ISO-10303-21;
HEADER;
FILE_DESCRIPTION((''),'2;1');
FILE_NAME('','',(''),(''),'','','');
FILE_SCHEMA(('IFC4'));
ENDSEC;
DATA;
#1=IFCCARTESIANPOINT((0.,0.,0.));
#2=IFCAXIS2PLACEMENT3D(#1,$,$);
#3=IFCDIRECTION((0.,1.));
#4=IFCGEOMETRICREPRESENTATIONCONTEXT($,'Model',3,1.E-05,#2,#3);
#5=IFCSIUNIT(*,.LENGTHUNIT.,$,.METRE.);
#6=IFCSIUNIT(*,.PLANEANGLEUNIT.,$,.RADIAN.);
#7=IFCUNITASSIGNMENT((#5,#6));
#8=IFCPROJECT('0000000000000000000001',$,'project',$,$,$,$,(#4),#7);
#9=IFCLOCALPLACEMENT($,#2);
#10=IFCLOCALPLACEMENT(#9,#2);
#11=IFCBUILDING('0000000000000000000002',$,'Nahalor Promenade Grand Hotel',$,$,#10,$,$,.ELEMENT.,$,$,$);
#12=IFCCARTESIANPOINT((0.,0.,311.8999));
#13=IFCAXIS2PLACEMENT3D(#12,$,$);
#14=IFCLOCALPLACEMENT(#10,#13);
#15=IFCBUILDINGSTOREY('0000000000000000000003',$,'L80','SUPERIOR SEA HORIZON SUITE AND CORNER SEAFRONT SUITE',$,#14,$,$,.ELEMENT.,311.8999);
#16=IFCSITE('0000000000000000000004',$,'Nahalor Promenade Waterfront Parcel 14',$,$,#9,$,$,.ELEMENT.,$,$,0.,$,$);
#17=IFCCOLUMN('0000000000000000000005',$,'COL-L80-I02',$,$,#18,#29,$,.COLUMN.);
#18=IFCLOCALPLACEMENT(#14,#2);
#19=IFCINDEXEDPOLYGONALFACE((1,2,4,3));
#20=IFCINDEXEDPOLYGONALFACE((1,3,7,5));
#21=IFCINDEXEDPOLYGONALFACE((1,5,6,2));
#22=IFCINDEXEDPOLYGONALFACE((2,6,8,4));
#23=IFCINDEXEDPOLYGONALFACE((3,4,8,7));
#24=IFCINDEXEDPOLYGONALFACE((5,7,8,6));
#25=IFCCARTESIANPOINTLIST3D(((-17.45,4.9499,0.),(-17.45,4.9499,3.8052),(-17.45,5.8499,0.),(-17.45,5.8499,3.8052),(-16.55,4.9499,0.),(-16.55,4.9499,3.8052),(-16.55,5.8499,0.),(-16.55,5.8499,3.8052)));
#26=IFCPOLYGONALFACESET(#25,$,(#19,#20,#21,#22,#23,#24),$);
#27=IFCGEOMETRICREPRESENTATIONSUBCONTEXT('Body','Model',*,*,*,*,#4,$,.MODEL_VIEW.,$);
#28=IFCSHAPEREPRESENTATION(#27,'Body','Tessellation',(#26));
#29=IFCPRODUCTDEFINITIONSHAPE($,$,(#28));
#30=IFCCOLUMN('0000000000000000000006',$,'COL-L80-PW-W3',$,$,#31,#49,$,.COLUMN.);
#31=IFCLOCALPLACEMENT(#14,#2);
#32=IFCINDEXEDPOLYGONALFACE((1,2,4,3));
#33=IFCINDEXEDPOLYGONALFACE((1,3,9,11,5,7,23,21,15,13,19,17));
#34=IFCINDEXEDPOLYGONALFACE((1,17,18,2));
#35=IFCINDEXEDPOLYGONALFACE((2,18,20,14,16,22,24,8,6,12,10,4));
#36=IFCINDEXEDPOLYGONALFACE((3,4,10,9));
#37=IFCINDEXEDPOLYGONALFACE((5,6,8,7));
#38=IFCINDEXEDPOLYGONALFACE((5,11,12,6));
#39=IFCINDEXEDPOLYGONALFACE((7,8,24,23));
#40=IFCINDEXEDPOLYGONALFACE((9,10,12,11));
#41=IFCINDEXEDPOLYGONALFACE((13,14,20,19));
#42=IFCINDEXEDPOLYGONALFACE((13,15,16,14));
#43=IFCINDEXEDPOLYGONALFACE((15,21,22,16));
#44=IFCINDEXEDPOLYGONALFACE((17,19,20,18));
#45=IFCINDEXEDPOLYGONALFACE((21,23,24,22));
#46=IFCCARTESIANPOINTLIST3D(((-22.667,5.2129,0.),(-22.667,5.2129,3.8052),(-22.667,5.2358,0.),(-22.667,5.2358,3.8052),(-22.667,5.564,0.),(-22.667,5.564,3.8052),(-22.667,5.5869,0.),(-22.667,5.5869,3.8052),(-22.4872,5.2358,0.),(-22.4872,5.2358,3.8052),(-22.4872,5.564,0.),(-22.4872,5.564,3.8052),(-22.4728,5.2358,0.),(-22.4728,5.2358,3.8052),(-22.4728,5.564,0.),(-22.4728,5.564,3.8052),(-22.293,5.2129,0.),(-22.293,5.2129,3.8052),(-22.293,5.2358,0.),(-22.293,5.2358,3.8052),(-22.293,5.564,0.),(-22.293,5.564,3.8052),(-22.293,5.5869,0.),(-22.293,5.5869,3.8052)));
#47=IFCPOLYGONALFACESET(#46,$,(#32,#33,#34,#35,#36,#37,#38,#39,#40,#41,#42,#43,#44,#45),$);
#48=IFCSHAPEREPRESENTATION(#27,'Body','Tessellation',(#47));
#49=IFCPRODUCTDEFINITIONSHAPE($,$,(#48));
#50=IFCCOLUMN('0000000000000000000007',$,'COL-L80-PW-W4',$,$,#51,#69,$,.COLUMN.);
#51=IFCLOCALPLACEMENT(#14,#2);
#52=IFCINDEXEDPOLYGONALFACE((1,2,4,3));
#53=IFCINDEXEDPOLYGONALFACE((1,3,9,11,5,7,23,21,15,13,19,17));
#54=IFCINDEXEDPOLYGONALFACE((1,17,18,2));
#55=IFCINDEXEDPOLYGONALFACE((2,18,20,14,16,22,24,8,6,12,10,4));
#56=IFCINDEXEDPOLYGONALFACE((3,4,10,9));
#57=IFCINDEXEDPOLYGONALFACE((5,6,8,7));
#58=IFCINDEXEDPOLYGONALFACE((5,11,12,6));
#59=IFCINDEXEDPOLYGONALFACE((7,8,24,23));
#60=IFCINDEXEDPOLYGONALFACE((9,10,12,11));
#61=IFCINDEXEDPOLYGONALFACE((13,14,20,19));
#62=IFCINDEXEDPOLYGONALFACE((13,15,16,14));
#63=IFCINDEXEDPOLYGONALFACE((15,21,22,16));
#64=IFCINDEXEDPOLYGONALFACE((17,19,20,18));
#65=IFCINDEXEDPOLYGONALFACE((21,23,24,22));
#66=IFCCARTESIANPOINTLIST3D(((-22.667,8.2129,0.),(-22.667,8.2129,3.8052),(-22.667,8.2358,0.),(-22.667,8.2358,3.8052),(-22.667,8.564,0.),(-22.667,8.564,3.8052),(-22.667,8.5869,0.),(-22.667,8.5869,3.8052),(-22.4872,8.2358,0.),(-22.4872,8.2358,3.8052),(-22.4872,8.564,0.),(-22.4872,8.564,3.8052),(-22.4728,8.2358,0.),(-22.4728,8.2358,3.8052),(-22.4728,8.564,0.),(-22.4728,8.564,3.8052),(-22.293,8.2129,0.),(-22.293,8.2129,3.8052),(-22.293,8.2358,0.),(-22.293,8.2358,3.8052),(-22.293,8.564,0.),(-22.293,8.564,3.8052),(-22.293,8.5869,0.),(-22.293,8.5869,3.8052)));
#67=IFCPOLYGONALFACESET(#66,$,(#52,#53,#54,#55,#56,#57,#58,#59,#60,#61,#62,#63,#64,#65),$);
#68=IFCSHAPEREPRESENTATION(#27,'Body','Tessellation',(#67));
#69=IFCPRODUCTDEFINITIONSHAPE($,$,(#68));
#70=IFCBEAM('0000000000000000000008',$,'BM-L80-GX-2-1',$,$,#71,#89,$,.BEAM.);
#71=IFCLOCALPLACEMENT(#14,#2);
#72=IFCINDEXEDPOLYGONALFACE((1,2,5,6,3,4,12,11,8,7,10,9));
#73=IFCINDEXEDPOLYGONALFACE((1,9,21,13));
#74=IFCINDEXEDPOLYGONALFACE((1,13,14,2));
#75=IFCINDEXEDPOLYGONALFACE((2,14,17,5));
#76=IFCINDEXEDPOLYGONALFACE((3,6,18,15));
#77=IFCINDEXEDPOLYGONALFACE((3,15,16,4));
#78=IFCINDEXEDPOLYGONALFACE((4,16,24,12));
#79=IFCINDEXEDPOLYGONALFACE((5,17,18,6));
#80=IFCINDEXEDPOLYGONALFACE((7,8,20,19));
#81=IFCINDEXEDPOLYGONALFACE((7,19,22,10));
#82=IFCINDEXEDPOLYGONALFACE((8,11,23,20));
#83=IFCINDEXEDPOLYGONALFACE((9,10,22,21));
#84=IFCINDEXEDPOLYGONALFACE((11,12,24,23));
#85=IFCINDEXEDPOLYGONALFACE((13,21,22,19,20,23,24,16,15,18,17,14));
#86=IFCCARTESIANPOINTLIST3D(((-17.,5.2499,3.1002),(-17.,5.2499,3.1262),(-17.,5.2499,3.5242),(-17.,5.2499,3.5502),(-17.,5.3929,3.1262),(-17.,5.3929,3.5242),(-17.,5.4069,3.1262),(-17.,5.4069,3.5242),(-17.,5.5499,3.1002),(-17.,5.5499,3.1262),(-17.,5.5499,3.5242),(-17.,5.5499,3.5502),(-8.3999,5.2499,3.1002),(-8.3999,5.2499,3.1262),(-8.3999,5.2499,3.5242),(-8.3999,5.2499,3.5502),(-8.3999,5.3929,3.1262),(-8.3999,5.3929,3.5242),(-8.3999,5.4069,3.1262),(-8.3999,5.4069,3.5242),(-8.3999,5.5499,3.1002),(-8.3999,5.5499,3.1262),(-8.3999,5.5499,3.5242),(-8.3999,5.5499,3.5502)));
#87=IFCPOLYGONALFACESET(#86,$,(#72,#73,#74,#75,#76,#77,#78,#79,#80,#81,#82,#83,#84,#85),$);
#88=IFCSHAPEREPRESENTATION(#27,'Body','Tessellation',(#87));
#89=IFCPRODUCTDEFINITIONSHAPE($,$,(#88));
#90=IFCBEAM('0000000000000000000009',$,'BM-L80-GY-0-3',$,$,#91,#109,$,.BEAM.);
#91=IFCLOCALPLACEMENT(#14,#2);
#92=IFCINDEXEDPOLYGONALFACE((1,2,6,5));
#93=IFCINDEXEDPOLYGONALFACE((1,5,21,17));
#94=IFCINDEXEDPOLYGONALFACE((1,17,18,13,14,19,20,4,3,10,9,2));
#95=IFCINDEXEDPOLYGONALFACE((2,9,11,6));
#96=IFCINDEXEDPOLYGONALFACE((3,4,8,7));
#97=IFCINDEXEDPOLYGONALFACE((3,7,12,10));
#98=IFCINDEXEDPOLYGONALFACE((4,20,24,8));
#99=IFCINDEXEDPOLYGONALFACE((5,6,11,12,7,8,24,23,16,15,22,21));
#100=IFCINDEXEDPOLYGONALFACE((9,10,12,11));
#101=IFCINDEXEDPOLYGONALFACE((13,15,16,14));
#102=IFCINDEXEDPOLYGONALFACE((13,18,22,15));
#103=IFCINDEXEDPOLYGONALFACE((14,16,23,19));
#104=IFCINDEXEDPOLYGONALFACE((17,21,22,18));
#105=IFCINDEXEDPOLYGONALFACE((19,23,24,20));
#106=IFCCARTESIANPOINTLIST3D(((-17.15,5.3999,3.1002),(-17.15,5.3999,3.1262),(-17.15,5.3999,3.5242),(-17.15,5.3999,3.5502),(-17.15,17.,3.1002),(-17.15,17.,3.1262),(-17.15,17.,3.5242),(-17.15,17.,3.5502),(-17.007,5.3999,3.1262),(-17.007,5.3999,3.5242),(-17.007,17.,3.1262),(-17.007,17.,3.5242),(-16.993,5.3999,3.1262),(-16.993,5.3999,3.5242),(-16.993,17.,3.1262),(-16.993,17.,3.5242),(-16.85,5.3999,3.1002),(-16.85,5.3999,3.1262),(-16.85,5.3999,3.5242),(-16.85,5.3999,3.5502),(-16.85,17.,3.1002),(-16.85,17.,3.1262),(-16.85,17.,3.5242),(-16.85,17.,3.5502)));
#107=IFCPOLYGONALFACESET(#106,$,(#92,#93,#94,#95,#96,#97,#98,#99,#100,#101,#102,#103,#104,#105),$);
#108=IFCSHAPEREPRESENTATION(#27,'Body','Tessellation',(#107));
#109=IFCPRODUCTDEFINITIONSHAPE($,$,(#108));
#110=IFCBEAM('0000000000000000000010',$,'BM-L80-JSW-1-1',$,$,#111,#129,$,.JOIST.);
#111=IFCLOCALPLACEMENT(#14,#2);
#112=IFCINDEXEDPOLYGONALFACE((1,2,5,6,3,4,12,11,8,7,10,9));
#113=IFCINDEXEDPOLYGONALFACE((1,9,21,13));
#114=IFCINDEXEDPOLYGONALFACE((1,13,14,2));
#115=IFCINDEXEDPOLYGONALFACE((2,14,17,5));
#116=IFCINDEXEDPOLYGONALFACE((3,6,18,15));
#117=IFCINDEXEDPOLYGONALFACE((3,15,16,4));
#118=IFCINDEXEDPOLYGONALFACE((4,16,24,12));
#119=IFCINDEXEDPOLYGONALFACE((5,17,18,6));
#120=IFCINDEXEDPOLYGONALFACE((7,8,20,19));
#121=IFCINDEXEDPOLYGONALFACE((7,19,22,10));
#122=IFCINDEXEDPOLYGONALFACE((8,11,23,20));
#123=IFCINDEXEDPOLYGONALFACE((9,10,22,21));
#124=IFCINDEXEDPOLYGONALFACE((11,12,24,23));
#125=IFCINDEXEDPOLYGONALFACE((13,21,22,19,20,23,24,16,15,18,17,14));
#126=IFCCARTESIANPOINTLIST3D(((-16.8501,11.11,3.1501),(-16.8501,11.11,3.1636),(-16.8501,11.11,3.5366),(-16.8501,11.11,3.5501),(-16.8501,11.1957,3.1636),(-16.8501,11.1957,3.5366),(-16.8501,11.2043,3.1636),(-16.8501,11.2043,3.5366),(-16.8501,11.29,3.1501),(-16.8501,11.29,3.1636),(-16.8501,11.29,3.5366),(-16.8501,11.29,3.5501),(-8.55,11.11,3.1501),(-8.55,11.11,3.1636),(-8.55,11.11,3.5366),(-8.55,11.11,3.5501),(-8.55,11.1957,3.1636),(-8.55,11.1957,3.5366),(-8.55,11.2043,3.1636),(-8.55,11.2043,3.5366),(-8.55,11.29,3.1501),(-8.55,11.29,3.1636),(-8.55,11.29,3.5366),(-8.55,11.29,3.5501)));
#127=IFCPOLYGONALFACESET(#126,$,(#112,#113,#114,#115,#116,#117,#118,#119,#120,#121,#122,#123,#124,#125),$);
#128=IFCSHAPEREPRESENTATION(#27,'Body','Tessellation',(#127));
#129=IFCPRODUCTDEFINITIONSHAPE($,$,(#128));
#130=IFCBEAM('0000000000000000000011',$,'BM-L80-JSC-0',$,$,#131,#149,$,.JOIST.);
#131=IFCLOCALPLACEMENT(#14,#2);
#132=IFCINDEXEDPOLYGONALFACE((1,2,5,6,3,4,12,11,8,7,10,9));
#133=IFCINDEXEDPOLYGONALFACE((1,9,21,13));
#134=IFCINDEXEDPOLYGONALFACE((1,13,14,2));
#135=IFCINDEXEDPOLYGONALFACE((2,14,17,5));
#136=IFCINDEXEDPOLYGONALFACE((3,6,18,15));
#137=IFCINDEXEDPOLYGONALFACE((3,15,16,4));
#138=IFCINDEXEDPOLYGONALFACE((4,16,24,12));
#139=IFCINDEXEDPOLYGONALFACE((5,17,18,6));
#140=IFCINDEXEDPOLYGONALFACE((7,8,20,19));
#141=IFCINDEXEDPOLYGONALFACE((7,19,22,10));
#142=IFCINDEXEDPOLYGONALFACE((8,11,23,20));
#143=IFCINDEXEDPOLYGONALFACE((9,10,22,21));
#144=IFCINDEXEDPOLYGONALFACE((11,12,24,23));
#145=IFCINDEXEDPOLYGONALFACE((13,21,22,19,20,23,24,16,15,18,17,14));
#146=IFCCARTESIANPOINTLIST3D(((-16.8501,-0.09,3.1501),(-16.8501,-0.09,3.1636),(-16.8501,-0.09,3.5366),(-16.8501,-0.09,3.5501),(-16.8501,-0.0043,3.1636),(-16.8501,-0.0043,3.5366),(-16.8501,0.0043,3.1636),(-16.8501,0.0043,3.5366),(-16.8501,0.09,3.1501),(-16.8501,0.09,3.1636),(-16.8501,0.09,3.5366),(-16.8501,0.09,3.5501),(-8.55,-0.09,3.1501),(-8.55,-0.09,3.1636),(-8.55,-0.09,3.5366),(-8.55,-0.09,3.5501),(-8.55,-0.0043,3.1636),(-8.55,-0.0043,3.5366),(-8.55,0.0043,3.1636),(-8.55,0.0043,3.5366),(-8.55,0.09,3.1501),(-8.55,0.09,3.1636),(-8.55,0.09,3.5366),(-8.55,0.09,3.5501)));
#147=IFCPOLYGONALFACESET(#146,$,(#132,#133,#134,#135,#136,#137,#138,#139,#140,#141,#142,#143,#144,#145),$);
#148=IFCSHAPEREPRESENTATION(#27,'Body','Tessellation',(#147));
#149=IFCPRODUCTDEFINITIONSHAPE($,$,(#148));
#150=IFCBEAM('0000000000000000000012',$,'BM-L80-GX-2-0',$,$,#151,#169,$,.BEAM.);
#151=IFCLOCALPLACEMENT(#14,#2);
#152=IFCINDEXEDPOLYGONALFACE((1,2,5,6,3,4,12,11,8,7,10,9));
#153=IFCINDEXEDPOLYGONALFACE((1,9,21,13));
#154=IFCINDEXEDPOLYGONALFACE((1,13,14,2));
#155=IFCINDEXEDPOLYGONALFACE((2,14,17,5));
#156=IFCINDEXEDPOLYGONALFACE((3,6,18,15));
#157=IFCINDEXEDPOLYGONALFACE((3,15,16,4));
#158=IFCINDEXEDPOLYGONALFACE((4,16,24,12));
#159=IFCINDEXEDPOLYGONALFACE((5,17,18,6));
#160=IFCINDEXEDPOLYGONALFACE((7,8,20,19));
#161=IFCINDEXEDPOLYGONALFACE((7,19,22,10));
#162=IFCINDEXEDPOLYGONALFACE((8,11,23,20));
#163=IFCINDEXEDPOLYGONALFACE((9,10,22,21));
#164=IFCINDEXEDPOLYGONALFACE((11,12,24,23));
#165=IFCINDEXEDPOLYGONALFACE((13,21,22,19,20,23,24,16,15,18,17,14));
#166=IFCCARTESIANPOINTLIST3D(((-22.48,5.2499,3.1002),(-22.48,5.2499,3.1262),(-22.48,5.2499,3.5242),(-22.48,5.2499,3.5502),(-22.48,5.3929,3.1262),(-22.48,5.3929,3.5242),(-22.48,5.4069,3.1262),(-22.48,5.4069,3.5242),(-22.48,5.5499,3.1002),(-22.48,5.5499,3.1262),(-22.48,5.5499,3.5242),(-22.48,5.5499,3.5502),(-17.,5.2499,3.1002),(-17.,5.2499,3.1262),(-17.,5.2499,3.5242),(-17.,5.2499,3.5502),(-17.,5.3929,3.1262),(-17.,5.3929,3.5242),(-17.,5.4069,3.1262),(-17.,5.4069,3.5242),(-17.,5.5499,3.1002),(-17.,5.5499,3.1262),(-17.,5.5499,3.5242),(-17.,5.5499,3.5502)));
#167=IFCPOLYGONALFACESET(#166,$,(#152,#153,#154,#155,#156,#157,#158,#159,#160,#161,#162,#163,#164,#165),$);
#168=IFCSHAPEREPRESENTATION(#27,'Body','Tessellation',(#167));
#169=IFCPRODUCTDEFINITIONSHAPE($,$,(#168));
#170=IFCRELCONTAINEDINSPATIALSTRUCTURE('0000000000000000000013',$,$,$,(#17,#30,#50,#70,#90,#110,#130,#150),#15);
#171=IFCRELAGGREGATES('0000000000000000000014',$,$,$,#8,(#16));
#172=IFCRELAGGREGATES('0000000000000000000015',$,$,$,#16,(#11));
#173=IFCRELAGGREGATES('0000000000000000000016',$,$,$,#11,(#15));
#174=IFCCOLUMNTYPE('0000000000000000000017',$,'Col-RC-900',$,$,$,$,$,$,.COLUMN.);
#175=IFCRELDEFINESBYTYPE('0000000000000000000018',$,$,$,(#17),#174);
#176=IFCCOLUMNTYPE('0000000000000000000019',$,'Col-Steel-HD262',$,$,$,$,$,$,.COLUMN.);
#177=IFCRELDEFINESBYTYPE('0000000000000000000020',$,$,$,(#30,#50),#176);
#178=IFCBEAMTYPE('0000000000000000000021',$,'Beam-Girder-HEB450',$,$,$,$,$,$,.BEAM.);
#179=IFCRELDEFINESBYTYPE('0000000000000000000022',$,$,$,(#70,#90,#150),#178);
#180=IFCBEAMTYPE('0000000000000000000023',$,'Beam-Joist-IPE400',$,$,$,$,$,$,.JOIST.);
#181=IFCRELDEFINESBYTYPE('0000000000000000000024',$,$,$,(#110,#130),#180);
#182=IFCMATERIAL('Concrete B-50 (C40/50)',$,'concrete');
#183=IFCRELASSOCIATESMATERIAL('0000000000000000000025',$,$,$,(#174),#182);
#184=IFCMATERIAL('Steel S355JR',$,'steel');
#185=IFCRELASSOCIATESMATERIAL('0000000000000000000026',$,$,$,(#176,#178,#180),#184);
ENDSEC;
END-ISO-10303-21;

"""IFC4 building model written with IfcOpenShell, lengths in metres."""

from ifc_helpers import new_model, si_unit, direction, frame, origin, origin_2d, place, context, subcontext, project, spatial, rectangle, i_section, extrude, source, transform, mapped, material, material_profile, profile_set, type_object, element, save


model = new_model("IFC4")

# Units and contexts
model_context = context("Model", 3, precision=1e-05, world=origin(), true_north=direction((0.0, 1.0)))
body_context = subcontext(model_context, "Body", "Model", "MODEL_VIEW")
ifc_project = project(units=[si_unit("LENGTHUNIT", "METRE"), si_unit("PLANEANGLEUNIT", "RADIAN")], contexts=[model_context])

# Site, building, storey
site_placement = place(None, origin())
site = spatial("IfcSite", under=ifc_project, at=site_placement, Name="Nahalor Promenade Waterfront Parcel 14", CompositionType="ELEMENT", RefElevation=0.0)
building_placement = place(site_placement, origin())
building = spatial("IfcBuilding", under=site, at=building_placement, Name="Nahalor Promenade Grand Hotel", CompositionType="ELEMENT")
storey_placement = place(building_placement, frame((0.0, 0.0, 311.8999)))
storey = spatial("IfcBuildingStorey", under=building, at=storey_placement, Name="L80", Description="SUPERIOR SEA HORIZON SUITE AND CORNER SEAFRONT SUITE", CompositionType="ELEMENT", Elevation=311.8999)

# Columns
ifc_material_1 = material(Name="Concrete B-50 (C40/50)", Category="concrete")
ifc_material_profile_1 = material_profile(ifc_material_1, rectangle(XDim=0.9, YDim=0.9, at=origin_2d()), Name="RC 900x900")
ifc_profile_set_1 = profile_set([ifc_material_profile_1], Name="Concrete B-50 (C40/50)")
column_type_1 = type_object("IfcColumnType", Name="Col-RC-900", PredefinedType="COLUMN", material=ifc_profile_set_1)
shared_shape_1 = source(origin(), body_context, "Body", "SweptSolid", [
    extrude(rectangle(XDim=0.9, YDim=0.9, at=origin_2d()), origin(), (0.0, 0.0, 1.0), 3.8052),
])
column_placement = place(storey_placement, frame((-17.0, 5.3999, 0.0), z_axis=(0.0, 0.0, 1.0), x_axis=(1.0, 0.0, 0.0)))
element("IfcColumn", 1, at=column_placement, inside=storey, type_object=column_type_1, Name="COL-L80-I02", PredefinedType="COLUMN", context=body_context, shape_type="MappedRepresentation", body=[
    mapped(shared_shape_1, transform((0.0, 0.0, 0.0), scale=1.0)),
])
ifc_material_2 = material(Name="Steel S355JR", Category="steel")
ifc_material_profile_2 = material_profile(ifc_material_2, i_section(OverallWidth=0.374, OverallDepth=0.374, WebThickness=0.0144, FlangeThickness=0.0229, at=origin_2d()), Name="HD 360x262")
ifc_profile_set_2 = profile_set([ifc_material_profile_2], Name="Steel S355JR")
column_type_2 = type_object("IfcColumnType", Name="Col-Steel-HD262", PredefinedType="COLUMN", material=ifc_profile_set_2)
shared_shape_2 = source(origin(), body_context, "Body", "SweptSolid", [
    extrude(i_section(OverallWidth=0.374, OverallDepth=0.374, WebThickness=0.0144, FlangeThickness=0.0229, at=origin_2d()), origin(), (0.0, 0.0, 1.0), 3.8052),
])
for number, where, z_axis, x_axis, name in (
    (2, (-22.48, 5.3999, 0.0), (0.0, 0.0, 1.0), (1.0, 0.0, 0.0), "COL-L80-PW-W3"),
    (3, (-22.48, 8.3999, 0.0), (0.0, 0.0, 1.0), (1.0, 0.0, 0.0), "COL-L80-PW-W4"),
):
    element("IfcColumn", number, at=place(storey_placement, frame(where, z_axis=z_axis, x_axis=x_axis)), inside=storey, type_object=column_type_2, Name=name, PredefinedType="COLUMN", context=body_context, shape_type="MappedRepresentation", body=[
        mapped(shared_shape_2, transform((0.0, 0.0, 0.0), scale=1.0)),
    ])

# Beams
ifc_material_profile_3 = material_profile(ifc_material_2, i_section(OverallWidth=0.3, OverallDepth=0.45, WebThickness=0.014, FlangeThickness=0.026, at=origin_2d()), Name="HEB 450")
ifc_profile_set_3 = profile_set([ifc_material_profile_3], Name="Steel S355JR")
beam_type_1 = type_object("IfcBeamType", Name="Beam-Girder-HEB450", PredefinedType="BEAM", material=ifc_profile_set_3)
shared_shape_3 = source(origin(), body_context, "Body", "SweptSolid", [
    extrude(i_section(OverallWidth=0.3, OverallDepth=0.45, WebThickness=0.014, FlangeThickness=0.026, at=origin_2d()), origin(), (0.0, 0.0, 1.0), 8.6001),
])
beam_1_placement = place(storey_placement, frame((-17.0, 5.3999, 3.3252), z_axis=(1.0, 0.0, 0.0), x_axis=(0.0, 1.0, 0.0)))
element("IfcBeam", 4, at=beam_1_placement, inside=storey, type_object=beam_type_1, Name="BM-L80-GX-2-1", PredefinedType="BEAM", context=body_context, shape_type="MappedRepresentation", body=[
    mapped(shared_shape_3, transform((0.0, 0.0, 0.0), scale=1.0)),
])
shared_shape_4 = source(origin(), body_context, "Body", "SweptSolid", [
    extrude(i_section(OverallWidth=0.3, OverallDepth=0.45, WebThickness=0.014, FlangeThickness=0.026, at=origin_2d()), origin(), (0.0, 0.0, 1.0), 11.6001),
])
beam_2_placement = place(storey_placement, frame((-17.0, 5.3999, 3.3252), z_axis=(0.0, 1.0, 0.0), x_axis=(-1.0, 0.0, 0.0)))
element("IfcBeam", 5, at=beam_2_placement, inside=storey, type_object=beam_type_1, Name="BM-L80-GY-0-3", PredefinedType="BEAM", context=body_context, shape_type="MappedRepresentation", body=[
    mapped(shared_shape_4, transform((0.0, 0.0, 0.0), scale=1.0)),
])
ifc_material_profile_4 = material_profile(ifc_material_2, i_section(OverallWidth=0.18, OverallDepth=0.4, WebThickness=0.0086, FlangeThickness=0.0135, at=origin_2d()), Name="IPE 400")
ifc_profile_set_4 = profile_set([ifc_material_profile_4], Name="Steel S355JR")
beam_type_2 = type_object("IfcBeamType", Name="Beam-Joist-IPE400", PredefinedType="JOIST", material=ifc_profile_set_4)
shared_shape_5 = source(origin(), body_context, "Body", "SweptSolid", [
    extrude(i_section(OverallWidth=0.18, OverallDepth=0.4, WebThickness=0.0086, FlangeThickness=0.0135, at=origin_2d()), origin(), (0.0, 0.0, 1.0), 8.3),
])
for number, where, z_axis, x_axis, name in (
    (6, (-16.8501, 11.2, 3.3501), (1.0, 0.0, 0.0), (0.0, 1.0, 0.0), "BM-L80-JSW-1-1"),
    (7, (-16.8501, 0.0, 3.3501), (1.0, 0.0, 0.0), (0.0, 1.0, 0.0), "BM-L80-JSC-0"),
):
    element("IfcBeam", number, at=place(storey_placement, frame(where, z_axis=z_axis, x_axis=x_axis)), inside=storey, type_object=beam_type_2, Name=name, PredefinedType="JOIST", context=body_context, shape_type="MappedRepresentation", body=[
        mapped(shared_shape_5, transform((0.0, 0.0, 0.0), scale=1.0)),
    ])
shared_shape_6 = source(origin(), body_context, "Body", "SweptSolid", [
    extrude(i_section(OverallWidth=0.3, OverallDepth=0.45, WebThickness=0.014, FlangeThickness=0.026, at=origin_2d()), origin(), (0.0, 0.0, 1.0), 5.48),
])
beam_3_placement = place(storey_placement, frame((-22.48, 5.3999, 3.3252), z_axis=(1.0, 0.0, 0.0), x_axis=(0.0, 1.0, 0.0)))
element("IfcBeam", 8, at=beam_3_placement, inside=storey, type_object=beam_type_1, Name="BM-L80-GX-2-0", PredefinedType="BEAM", context=body_context, shape_type="MappedRepresentation", body=[
    mapped(shared_shape_6, transform((0.0, 0.0, 0.0), scale=1.0)),
])

save(model, "model.ifc")
